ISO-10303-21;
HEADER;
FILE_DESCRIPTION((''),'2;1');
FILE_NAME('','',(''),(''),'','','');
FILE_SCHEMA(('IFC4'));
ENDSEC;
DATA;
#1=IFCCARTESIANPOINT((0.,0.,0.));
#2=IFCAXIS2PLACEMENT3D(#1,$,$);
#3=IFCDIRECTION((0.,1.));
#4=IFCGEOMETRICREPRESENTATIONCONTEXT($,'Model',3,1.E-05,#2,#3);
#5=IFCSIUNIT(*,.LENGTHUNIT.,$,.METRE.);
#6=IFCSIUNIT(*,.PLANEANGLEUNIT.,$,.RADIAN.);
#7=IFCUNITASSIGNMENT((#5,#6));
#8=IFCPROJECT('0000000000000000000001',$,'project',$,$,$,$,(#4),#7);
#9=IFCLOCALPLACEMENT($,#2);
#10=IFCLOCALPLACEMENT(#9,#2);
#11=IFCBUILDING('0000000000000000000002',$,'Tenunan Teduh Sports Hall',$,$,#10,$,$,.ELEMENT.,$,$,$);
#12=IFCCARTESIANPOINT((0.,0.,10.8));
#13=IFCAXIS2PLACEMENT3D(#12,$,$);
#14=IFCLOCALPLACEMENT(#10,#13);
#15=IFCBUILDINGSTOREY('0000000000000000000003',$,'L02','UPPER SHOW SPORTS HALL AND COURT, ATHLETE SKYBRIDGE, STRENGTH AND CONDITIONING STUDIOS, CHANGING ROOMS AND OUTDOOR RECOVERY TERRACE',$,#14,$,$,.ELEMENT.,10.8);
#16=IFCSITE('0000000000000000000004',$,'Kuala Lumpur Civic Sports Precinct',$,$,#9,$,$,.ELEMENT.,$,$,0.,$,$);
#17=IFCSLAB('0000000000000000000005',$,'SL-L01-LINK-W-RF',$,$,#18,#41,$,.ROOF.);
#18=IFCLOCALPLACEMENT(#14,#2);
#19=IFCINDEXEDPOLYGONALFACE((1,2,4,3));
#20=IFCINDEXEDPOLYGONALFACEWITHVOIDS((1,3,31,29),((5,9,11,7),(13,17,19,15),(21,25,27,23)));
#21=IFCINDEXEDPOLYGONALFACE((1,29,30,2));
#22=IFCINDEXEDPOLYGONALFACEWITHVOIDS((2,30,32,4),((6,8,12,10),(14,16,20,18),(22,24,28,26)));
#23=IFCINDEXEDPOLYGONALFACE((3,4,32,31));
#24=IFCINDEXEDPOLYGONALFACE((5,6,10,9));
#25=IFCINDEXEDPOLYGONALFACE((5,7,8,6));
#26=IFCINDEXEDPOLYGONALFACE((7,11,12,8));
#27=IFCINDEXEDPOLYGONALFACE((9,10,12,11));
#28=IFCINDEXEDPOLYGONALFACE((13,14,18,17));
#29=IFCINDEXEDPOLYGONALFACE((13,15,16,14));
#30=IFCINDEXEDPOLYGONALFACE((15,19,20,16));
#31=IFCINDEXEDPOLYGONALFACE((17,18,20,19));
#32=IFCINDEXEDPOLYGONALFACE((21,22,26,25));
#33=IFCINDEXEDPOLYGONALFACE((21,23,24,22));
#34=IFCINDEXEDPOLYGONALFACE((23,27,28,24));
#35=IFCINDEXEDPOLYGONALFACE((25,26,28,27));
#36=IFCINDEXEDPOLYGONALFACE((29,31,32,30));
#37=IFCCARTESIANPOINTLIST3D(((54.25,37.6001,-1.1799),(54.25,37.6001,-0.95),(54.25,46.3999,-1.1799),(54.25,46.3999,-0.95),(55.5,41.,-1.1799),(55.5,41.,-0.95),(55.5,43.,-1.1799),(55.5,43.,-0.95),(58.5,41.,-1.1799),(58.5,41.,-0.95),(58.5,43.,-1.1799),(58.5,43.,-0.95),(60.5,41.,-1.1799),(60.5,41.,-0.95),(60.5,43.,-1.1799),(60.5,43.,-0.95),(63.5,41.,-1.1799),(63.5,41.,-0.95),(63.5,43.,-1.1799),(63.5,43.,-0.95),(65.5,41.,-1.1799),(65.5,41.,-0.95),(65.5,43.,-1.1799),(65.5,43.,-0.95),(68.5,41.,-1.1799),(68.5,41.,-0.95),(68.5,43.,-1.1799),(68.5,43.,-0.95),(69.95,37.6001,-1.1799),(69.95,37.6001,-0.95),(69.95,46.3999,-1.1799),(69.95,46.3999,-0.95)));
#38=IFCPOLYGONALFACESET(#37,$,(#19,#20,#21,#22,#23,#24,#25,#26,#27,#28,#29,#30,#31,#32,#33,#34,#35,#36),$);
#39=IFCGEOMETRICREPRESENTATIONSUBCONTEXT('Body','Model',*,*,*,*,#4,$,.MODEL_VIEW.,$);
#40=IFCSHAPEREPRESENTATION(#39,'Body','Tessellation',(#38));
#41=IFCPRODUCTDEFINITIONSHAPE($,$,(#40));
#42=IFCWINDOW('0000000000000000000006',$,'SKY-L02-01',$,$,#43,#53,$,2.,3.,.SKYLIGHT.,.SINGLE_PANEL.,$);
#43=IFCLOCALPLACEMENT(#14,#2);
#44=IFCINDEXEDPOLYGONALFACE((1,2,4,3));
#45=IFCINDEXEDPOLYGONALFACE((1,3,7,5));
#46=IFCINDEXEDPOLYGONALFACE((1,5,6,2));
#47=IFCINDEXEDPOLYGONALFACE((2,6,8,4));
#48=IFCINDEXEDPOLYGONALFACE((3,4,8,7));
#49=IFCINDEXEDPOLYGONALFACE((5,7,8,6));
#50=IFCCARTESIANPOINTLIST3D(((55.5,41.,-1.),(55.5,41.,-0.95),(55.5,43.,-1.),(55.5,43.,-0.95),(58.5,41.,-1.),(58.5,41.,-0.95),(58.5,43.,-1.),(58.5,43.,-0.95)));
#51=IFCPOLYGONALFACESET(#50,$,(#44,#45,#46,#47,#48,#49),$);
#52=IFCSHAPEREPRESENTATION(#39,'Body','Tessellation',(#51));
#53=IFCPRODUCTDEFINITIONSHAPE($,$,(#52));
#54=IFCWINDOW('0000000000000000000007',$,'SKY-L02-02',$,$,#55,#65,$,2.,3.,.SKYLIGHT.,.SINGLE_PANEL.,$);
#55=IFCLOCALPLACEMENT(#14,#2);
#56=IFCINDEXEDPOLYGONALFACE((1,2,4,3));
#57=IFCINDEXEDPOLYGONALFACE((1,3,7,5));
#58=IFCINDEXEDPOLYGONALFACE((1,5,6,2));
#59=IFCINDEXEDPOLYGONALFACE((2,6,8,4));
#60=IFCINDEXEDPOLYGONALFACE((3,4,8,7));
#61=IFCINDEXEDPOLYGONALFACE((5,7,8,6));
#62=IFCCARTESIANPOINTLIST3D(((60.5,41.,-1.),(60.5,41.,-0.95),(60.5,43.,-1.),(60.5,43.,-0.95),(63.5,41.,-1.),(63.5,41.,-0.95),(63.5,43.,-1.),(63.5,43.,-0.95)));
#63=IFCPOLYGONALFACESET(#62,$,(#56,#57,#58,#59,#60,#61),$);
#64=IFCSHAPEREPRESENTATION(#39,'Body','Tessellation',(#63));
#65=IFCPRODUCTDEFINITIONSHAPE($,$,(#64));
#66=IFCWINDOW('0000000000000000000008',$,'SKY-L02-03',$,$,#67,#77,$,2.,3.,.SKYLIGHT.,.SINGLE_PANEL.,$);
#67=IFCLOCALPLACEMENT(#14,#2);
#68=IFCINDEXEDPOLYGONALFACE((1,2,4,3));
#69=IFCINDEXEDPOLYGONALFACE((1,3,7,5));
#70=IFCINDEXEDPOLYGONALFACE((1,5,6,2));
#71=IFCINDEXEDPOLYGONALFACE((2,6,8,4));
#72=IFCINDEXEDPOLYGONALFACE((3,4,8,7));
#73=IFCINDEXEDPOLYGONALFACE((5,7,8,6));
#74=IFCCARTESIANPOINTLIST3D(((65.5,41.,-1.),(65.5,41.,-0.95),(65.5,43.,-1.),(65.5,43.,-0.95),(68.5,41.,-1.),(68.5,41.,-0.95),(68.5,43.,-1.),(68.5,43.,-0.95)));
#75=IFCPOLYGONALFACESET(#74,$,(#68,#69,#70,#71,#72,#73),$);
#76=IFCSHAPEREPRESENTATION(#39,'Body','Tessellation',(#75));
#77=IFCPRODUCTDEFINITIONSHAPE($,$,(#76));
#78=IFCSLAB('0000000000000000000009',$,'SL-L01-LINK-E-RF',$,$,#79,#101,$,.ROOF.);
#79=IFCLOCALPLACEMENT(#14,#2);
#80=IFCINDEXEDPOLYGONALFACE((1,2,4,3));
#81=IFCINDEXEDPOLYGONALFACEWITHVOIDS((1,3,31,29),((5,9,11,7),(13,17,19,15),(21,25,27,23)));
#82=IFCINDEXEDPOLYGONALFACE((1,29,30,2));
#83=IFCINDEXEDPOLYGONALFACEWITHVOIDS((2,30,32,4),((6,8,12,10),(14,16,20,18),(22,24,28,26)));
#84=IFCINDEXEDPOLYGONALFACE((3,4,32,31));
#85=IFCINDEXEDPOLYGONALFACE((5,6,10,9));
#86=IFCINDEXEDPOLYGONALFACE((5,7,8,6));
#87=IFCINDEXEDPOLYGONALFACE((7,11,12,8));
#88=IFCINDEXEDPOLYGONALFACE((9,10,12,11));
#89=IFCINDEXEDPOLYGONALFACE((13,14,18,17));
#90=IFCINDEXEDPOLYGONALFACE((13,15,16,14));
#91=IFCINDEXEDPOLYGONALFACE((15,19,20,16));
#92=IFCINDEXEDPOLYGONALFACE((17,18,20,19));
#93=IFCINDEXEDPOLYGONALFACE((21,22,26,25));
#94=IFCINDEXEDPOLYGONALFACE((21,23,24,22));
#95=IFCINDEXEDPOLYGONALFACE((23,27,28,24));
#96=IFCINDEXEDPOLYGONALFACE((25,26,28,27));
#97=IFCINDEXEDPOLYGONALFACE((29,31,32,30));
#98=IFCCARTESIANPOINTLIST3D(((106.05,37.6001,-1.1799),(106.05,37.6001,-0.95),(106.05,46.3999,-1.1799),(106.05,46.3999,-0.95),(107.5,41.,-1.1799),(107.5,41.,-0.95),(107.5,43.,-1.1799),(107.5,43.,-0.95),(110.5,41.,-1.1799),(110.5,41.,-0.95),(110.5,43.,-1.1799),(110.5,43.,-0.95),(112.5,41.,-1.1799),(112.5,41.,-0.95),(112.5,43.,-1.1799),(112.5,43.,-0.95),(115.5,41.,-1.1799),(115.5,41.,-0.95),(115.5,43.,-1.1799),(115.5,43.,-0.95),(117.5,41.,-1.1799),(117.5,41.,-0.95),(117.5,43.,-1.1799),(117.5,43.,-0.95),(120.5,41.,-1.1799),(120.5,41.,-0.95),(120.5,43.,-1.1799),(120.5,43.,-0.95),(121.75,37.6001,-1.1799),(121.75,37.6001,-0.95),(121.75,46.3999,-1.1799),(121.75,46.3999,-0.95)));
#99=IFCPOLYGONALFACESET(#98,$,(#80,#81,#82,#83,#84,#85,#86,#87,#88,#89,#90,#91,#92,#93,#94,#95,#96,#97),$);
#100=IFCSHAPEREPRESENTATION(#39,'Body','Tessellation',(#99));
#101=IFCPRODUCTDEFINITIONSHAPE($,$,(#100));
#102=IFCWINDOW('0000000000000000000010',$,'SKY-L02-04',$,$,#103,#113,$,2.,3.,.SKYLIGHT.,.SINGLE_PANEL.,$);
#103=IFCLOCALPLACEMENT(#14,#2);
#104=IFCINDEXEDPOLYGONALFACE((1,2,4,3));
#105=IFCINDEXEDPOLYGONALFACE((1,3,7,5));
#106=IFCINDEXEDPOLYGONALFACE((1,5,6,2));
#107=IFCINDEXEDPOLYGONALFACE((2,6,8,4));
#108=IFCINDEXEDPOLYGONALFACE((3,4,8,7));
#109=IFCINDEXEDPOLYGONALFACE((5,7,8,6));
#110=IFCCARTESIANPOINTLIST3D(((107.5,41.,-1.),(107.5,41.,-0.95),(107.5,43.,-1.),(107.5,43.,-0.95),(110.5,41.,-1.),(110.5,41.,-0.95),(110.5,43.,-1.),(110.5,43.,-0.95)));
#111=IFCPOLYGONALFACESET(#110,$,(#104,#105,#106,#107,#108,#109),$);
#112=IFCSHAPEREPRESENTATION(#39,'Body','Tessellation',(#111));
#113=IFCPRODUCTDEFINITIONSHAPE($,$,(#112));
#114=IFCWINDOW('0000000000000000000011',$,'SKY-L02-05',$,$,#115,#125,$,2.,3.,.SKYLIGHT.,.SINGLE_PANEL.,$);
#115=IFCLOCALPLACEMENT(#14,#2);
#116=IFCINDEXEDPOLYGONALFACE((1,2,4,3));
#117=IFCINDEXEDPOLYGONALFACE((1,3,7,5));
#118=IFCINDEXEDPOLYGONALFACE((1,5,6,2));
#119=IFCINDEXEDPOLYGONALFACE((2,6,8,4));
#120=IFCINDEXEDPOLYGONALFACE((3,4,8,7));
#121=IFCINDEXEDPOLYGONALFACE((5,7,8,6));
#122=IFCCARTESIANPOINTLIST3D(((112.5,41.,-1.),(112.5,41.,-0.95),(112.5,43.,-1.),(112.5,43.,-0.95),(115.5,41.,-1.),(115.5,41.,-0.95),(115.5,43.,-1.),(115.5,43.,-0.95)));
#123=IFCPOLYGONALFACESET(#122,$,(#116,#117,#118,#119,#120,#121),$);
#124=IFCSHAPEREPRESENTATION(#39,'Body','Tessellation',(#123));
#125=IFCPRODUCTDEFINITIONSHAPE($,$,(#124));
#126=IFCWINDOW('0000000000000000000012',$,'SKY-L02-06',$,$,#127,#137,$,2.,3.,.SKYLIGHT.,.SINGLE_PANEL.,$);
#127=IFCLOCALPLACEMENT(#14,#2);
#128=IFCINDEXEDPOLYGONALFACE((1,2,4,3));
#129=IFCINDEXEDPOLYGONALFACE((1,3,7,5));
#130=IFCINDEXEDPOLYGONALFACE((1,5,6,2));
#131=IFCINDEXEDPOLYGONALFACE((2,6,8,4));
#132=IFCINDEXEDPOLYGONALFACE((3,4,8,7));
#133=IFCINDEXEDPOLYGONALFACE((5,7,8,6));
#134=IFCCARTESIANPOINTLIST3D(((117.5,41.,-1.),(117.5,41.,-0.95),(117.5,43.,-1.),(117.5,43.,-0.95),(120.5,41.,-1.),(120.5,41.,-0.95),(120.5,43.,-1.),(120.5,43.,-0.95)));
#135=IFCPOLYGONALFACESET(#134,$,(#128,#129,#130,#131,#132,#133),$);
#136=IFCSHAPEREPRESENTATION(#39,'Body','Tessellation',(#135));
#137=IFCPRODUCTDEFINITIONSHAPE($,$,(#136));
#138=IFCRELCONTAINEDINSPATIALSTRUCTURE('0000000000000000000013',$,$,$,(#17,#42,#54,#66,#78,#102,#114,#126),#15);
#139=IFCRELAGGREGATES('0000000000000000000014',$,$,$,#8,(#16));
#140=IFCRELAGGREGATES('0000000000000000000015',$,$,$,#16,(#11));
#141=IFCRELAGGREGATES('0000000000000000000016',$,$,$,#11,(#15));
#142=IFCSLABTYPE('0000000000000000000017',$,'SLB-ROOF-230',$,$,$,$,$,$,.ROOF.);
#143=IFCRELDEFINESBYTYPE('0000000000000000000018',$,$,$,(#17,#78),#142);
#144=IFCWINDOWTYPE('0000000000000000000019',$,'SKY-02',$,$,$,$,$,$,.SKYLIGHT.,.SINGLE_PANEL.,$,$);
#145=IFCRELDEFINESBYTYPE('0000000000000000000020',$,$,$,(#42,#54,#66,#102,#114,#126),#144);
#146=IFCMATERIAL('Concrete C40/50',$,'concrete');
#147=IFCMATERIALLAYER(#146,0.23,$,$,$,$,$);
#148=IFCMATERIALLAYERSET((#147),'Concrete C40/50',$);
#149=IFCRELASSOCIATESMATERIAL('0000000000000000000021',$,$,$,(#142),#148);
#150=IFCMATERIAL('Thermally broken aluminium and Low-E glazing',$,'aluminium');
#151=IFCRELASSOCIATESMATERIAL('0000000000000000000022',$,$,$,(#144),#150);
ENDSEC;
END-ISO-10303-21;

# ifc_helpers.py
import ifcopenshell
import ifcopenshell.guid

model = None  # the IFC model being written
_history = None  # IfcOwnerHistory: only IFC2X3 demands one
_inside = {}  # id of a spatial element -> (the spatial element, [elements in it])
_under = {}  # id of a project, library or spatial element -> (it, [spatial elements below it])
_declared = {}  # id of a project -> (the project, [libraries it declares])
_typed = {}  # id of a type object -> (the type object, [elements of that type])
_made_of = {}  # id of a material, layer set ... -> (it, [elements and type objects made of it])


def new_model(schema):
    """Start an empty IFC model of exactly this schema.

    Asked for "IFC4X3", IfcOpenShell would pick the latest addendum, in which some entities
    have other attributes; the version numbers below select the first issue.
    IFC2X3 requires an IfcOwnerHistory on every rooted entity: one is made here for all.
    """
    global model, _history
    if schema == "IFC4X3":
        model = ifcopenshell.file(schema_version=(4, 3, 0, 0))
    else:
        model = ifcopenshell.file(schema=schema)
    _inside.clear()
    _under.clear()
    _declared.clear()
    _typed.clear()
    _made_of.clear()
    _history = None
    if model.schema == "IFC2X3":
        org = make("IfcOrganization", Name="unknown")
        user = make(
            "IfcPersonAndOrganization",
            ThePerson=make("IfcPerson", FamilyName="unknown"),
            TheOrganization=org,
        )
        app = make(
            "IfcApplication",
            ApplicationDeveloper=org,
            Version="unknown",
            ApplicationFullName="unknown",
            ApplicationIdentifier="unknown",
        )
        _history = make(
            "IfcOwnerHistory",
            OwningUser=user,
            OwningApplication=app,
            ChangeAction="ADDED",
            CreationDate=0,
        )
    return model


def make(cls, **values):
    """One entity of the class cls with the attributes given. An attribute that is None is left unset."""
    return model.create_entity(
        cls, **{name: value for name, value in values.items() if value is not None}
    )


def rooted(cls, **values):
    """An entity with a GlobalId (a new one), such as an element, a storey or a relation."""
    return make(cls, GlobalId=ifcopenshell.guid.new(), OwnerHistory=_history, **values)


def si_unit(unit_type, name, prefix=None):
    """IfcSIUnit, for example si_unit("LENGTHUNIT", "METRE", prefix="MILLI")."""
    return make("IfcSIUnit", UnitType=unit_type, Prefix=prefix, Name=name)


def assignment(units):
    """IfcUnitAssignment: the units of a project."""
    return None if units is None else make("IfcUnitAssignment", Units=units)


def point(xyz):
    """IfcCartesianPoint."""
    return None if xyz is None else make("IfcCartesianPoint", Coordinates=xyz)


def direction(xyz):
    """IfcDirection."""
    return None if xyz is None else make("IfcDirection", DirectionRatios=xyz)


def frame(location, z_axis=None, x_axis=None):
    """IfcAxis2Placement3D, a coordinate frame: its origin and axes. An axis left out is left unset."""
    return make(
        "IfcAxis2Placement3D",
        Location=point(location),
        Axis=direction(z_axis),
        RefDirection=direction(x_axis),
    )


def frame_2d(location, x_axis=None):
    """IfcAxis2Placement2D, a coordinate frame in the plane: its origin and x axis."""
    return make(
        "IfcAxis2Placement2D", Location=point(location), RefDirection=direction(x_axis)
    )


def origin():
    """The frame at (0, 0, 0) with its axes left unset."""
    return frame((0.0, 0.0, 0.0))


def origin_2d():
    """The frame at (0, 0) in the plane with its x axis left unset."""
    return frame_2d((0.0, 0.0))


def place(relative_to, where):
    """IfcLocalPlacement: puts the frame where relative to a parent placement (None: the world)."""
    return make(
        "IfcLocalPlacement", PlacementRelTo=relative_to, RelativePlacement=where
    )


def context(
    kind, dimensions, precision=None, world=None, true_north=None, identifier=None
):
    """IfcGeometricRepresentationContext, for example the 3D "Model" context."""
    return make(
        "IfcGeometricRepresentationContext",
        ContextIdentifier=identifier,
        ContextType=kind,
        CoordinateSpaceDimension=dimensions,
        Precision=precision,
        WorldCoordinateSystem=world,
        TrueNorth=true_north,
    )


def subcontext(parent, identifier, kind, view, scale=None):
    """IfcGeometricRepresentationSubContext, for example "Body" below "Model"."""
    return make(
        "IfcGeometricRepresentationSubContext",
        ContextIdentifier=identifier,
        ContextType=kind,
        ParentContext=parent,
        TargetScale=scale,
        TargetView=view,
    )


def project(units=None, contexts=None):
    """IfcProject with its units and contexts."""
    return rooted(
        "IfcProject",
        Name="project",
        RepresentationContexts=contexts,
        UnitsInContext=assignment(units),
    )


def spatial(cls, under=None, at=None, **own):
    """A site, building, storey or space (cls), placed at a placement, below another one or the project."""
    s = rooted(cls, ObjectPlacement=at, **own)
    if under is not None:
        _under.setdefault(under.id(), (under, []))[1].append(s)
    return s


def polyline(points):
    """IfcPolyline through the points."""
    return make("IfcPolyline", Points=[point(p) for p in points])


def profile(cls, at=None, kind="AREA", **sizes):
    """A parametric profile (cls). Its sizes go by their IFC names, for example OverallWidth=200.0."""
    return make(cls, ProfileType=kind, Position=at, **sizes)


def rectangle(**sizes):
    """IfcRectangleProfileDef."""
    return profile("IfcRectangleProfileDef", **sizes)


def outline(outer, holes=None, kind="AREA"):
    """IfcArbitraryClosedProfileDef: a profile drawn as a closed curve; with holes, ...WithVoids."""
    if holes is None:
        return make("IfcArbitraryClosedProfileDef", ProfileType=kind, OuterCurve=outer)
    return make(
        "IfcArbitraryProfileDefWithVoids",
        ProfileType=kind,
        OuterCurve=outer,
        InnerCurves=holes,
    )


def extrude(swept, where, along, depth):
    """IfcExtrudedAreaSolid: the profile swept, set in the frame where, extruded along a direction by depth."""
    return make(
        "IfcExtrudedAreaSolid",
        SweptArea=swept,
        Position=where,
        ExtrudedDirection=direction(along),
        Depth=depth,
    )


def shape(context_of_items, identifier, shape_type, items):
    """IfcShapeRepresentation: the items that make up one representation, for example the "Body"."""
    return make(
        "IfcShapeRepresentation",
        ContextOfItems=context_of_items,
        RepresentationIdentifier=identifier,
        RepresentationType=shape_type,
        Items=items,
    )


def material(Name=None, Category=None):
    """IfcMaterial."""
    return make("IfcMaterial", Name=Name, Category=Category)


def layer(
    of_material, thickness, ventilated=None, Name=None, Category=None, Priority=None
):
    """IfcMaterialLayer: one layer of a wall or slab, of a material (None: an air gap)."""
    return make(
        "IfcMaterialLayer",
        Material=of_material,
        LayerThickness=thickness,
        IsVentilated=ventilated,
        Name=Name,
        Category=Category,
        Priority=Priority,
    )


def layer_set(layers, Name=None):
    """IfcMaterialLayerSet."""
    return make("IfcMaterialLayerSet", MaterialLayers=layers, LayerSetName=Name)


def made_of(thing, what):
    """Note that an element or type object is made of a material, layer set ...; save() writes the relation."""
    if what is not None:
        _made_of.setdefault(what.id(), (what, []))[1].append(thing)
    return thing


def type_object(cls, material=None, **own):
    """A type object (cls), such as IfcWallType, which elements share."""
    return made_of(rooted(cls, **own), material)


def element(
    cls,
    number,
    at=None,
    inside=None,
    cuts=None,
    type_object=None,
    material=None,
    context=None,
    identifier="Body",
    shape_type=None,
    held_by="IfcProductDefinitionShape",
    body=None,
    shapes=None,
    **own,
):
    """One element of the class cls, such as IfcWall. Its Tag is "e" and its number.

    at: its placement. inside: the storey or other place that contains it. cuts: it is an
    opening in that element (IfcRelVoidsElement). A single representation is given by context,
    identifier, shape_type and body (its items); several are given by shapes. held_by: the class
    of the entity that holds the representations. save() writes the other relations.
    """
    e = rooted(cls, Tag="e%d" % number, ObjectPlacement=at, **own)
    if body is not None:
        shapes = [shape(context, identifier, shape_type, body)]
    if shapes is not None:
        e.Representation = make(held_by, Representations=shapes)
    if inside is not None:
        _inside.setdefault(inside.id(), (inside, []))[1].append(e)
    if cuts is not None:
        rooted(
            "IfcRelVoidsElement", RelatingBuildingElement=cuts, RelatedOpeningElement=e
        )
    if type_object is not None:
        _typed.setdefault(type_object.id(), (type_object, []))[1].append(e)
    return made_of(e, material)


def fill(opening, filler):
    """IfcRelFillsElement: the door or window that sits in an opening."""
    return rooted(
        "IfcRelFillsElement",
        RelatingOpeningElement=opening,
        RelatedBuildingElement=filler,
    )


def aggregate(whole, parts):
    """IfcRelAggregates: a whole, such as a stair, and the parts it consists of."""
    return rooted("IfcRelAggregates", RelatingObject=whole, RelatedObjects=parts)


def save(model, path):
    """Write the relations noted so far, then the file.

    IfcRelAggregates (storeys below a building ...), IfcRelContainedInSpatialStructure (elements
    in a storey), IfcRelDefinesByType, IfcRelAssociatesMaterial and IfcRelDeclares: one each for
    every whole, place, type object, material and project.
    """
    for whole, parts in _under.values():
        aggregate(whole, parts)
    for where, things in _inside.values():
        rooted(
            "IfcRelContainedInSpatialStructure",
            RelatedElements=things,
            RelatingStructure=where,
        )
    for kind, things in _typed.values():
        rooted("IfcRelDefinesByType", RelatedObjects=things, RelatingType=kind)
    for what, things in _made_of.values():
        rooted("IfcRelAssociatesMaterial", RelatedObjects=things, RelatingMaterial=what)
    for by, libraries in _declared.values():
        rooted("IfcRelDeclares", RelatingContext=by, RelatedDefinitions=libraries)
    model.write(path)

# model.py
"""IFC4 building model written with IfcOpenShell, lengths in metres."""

from ifc_helpers import new_model, si_unit, direction, frame, origin, origin_2d, place, context, subcontext, project, spatial, polyline, rectangle, outline, extrude, material, layer, layer_set, type_object, element, fill, save


model = new_model("IFC4")

# Units and contexts
model_context = context("Model", 3, precision=1e-05, world=origin(), true_north=direction((0.0, 1.0)))
body_context = subcontext(model_context, "Body", "Model", "MODEL_VIEW")
ifc_project = project(units=[si_unit("LENGTHUNIT", "METRE"), si_unit("PLANEANGLEUNIT", "RADIAN")], contexts=[model_context])

# Site, building, storey
site_placement = place(None, origin())
site = spatial("IfcSite", under=ifc_project, at=site_placement, Name="Kuala Lumpur Civic Sports Precinct", CompositionType="ELEMENT", RefElevation=0.0)
building_placement = place(site_placement, origin())
building = spatial("IfcBuilding", under=site, at=building_placement, Name="Tenunan Teduh Sports Hall", CompositionType="ELEMENT")
storey_placement = place(building_placement, frame((0.0, 0.0, 10.8)))
storey = spatial("IfcBuildingStorey", under=building, at=storey_placement, Name="L02", Description="UPPER SHOW SPORTS HALL AND COURT, ATHLETE SKYBRIDGE, STRENGTH AND CONDITIONING STUDIOS, CHANGING ROOMS AND OUTDOOR RECOVERY TERRACE", CompositionType="ELEMENT", Elevation=10.8)

# Slabs, openings, windows
ifc_material_1 = material(Name="Concrete C40/50", Category="concrete")
ifc_layer_1 = layer(ifc_material_1, 0.23)
ifc_layer_set_1 = layer_set([ifc_layer_1], Name="Concrete C40/50")
slab_type_1 = type_object("IfcSlabType", Name="SLB-ROOF-230", PredefinedType="ROOF", material=ifc_layer_set_1)
slab_1_placement = place(storey_placement, frame((0.0, 0.0, -1.1799)))
slab_1 = element("IfcSlab", 1, at=slab_1_placement, inside=storey, type_object=slab_type_1, Name="SL-L01-LINK-W-RF", PredefinedType="ROOF", context=body_context, shape_type="SweptSolid", body=[
    extrude(outline(polyline([(54.25, 37.6001), (69.95, 37.6001), (69.95, 46.3999), (54.25, 46.3999), (54.25, 37.6001)])), origin(), (0.0, 0.0, 1.0), 0.23),
])
opening_1_placement = place(slab_1_placement, frame((57.0, 42.0, 0.0)))
opening_1 = element("IfcOpeningElement", 2, at=opening_1_placement, cuts=slab_1, PredefinedType="OPENING", context=body_context, shape_type="SweptSolid", body=[
    extrude(rectangle(XDim=3.0, YDim=2.0, at=origin_2d()), origin(), (0.0, 0.0, 1.0), 0.23),
])
opening_2_placement = place(slab_1_placement, frame((62.0, 42.0, 0.0)))
opening_2 = element("IfcOpeningElement", 3, at=opening_2_placement, cuts=slab_1, PredefinedType="OPENING", context=body_context, shape_type="SweptSolid", body=[
    extrude(rectangle(XDim=3.0, YDim=2.0, at=origin_2d()), origin(), (0.0, 0.0, 1.0), 0.23),
])
opening_3_placement = place(slab_1_placement, frame((67.0, 42.0, 0.0)))
opening_3 = element("IfcOpeningElement", 4, at=opening_3_placement, cuts=slab_1, PredefinedType="OPENING", context=body_context, shape_type="SweptSolid", body=[
    extrude(rectangle(XDim=3.0, YDim=2.0, at=origin_2d()), origin(), (0.0, 0.0, 1.0), 0.23),
])
ifc_material_2 = material(Name="Thermally broken aluminium and Low-E glazing", Category="aluminium")
window_type_1 = type_object("IfcWindowType", Name="SKY-02", PartitioningType="SINGLE_PANEL", PredefinedType="SKYLIGHT", material=ifc_material_2)
window_1_placement = place(opening_1_placement, frame((0.0, 0.0, 0.1799)))
window_1 = element("IfcWindow", 5, at=window_1_placement, inside=storey, type_object=window_type_1, Name="SKY-L02-01", OverallHeight=2.0, OverallWidth=3.0, PartitioningType="SINGLE_PANEL", PredefinedType="SKYLIGHT", context=body_context, shape_type="SweptSolid", body=[
    extrude(rectangle(XDim=3.0, YDim=2.0, at=origin_2d()), origin(), (0.0, 0.0, 1.0), 0.05),
])
fill(opening_1, window_1)
window_2_placement = place(opening_2_placement, frame((0.0, 0.0, 0.1799)))
window_2 = element("IfcWindow", 6, at=window_2_placement, inside=storey, type_object=window_type_1, Name="SKY-L02-02", OverallHeight=2.0, OverallWidth=3.0, PartitioningType="SINGLE_PANEL", PredefinedType="SKYLIGHT", context=body_context, shape_type="SweptSolid", body=[
    extrude(rectangle(XDim=3.0, YDim=2.0, at=origin_2d()), origin(), (0.0, 0.0, 1.0), 0.05),
])
fill(opening_2, window_2)
window_3_placement = place(opening_3_placement, frame((0.0, 0.0, 0.1799)))
window_3 = element("IfcWindow", 7, at=window_3_placement, inside=storey, type_object=window_type_1, Name="SKY-L02-03", OverallHeight=2.0, OverallWidth=3.0, PartitioningType="SINGLE_PANEL", PredefinedType="SKYLIGHT", context=body_context, shape_type="SweptSolid", body=[
    extrude(rectangle(XDim=3.0, YDim=2.0, at=origin_2d()), origin(), (0.0, 0.0, 1.0), 0.05),
])
fill(opening_3, window_3)
slab_2_placement = place(storey_placement, frame((0.0, 0.0, -1.1799)))
slab_2 = element("IfcSlab", 8, at=slab_2_placement, inside=storey, type_object=slab_type_1, Name="SL-L01-LINK-E-RF", PredefinedType="ROOF", context=body_context, shape_type="SweptSolid", body=[
    extrude(outline(polyline([(106.05, 37.6001), (121.75, 37.6001), (121.75, 46.3999), (106.05, 46.3999), (106.05, 37.6001)])), origin(), (0.0, 0.0, 1.0), 0.23),
])
opening_4_placement = place(slab_2_placement, frame((109.0, 42.0, 0.0)))
opening_4 = element("IfcOpeningElement", 9, at=opening_4_placement, cuts=slab_2, PredefinedType="OPENING", context=body_context, shape_type="SweptSolid", body=[
    extrude(rectangle(XDim=3.0, YDim=2.0, at=origin_2d()), origin(), (0.0, 0.0, 1.0), 0.23),
])
opening_5_placement = place(slab_2_placement, frame((114.0, 42.0, 0.0)))
opening_5 = element("IfcOpeningElement", 10, at=opening_5_placement, cuts=slab_2, PredefinedType="OPENING", context=body_context, shape_type="SweptSolid", body=[
    extrude(rectangle(XDim=3.0, YDim=2.0, at=origin_2d()), origin(), (0.0, 0.0, 1.0), 0.23),
])
opening_6_placement = place(slab_2_placement, frame((119.0, 42.0, 0.0)))
opening_6 = element("IfcOpeningElement", 11, at=opening_6_placement, cuts=slab_2, PredefinedType="OPENING", context=body_context, shape_type="SweptSolid", body=[
    extrude(rectangle(XDim=3.0, YDim=2.0, at=origin_2d()), origin(), (0.0, 0.0, 1.0), 0.23),
])
window_4_placement = place(opening_4_placement, frame((0.0, 0.0, 0.1799)))
window_4 = element("IfcWindow", 12, at=window_4_placement, inside=storey, type_object=window_type_1, Name="SKY-L02-04", OverallHeight=2.0, OverallWidth=3.0, PartitioningType="SINGLE_PANEL", PredefinedType="SKYLIGHT", context=body_context, shape_type="SweptSolid", body=[
    extrude(rectangle(XDim=3.0, YDim=2.0, at=origin_2d()), origin(), (0.0, 0.0, 1.0), 0.05),
])
fill(opening_4, window_4)
window_5_placement = place(opening_5_placement, frame((0.0, 0.0, 0.1799)))
window_5 = element("IfcWindow", 13, at=window_5_placement, inside=storey, type_object=window_type_1, Name="SKY-L02-05", OverallHeight=2.0, OverallWidth=3.0, PartitioningType="SINGLE_PANEL", PredefinedType="SKYLIGHT", context=body_context, shape_type="SweptSolid", body=[
    extrude(rectangle(XDim=3.0, YDim=2.0, at=origin_2d()), origin(), (0.0, 0.0, 1.0), 0.05),
])
fill(opening_5, window_5)
window_6_placement = place(opening_6_placement, frame((0.0, 0.0, 0.1799)))
window_6 = element("IfcWindow", 14, at=window_6_placement, inside=storey, type_object=window_type_1, Name="SKY-L02-06", OverallHeight=2.0, OverallWidth=3.0, PartitioningType="SINGLE_PANEL", PredefinedType="SKYLIGHT", context=body_context, shape_type="SweptSolid", body=[
    extrude(rectangle(XDim=3.0, YDim=2.0, at=origin_2d()), origin(), (0.0, 0.0, 1.0), 0.05),
])
fill(opening_6, window_6)

save(model, "model.ifc")
